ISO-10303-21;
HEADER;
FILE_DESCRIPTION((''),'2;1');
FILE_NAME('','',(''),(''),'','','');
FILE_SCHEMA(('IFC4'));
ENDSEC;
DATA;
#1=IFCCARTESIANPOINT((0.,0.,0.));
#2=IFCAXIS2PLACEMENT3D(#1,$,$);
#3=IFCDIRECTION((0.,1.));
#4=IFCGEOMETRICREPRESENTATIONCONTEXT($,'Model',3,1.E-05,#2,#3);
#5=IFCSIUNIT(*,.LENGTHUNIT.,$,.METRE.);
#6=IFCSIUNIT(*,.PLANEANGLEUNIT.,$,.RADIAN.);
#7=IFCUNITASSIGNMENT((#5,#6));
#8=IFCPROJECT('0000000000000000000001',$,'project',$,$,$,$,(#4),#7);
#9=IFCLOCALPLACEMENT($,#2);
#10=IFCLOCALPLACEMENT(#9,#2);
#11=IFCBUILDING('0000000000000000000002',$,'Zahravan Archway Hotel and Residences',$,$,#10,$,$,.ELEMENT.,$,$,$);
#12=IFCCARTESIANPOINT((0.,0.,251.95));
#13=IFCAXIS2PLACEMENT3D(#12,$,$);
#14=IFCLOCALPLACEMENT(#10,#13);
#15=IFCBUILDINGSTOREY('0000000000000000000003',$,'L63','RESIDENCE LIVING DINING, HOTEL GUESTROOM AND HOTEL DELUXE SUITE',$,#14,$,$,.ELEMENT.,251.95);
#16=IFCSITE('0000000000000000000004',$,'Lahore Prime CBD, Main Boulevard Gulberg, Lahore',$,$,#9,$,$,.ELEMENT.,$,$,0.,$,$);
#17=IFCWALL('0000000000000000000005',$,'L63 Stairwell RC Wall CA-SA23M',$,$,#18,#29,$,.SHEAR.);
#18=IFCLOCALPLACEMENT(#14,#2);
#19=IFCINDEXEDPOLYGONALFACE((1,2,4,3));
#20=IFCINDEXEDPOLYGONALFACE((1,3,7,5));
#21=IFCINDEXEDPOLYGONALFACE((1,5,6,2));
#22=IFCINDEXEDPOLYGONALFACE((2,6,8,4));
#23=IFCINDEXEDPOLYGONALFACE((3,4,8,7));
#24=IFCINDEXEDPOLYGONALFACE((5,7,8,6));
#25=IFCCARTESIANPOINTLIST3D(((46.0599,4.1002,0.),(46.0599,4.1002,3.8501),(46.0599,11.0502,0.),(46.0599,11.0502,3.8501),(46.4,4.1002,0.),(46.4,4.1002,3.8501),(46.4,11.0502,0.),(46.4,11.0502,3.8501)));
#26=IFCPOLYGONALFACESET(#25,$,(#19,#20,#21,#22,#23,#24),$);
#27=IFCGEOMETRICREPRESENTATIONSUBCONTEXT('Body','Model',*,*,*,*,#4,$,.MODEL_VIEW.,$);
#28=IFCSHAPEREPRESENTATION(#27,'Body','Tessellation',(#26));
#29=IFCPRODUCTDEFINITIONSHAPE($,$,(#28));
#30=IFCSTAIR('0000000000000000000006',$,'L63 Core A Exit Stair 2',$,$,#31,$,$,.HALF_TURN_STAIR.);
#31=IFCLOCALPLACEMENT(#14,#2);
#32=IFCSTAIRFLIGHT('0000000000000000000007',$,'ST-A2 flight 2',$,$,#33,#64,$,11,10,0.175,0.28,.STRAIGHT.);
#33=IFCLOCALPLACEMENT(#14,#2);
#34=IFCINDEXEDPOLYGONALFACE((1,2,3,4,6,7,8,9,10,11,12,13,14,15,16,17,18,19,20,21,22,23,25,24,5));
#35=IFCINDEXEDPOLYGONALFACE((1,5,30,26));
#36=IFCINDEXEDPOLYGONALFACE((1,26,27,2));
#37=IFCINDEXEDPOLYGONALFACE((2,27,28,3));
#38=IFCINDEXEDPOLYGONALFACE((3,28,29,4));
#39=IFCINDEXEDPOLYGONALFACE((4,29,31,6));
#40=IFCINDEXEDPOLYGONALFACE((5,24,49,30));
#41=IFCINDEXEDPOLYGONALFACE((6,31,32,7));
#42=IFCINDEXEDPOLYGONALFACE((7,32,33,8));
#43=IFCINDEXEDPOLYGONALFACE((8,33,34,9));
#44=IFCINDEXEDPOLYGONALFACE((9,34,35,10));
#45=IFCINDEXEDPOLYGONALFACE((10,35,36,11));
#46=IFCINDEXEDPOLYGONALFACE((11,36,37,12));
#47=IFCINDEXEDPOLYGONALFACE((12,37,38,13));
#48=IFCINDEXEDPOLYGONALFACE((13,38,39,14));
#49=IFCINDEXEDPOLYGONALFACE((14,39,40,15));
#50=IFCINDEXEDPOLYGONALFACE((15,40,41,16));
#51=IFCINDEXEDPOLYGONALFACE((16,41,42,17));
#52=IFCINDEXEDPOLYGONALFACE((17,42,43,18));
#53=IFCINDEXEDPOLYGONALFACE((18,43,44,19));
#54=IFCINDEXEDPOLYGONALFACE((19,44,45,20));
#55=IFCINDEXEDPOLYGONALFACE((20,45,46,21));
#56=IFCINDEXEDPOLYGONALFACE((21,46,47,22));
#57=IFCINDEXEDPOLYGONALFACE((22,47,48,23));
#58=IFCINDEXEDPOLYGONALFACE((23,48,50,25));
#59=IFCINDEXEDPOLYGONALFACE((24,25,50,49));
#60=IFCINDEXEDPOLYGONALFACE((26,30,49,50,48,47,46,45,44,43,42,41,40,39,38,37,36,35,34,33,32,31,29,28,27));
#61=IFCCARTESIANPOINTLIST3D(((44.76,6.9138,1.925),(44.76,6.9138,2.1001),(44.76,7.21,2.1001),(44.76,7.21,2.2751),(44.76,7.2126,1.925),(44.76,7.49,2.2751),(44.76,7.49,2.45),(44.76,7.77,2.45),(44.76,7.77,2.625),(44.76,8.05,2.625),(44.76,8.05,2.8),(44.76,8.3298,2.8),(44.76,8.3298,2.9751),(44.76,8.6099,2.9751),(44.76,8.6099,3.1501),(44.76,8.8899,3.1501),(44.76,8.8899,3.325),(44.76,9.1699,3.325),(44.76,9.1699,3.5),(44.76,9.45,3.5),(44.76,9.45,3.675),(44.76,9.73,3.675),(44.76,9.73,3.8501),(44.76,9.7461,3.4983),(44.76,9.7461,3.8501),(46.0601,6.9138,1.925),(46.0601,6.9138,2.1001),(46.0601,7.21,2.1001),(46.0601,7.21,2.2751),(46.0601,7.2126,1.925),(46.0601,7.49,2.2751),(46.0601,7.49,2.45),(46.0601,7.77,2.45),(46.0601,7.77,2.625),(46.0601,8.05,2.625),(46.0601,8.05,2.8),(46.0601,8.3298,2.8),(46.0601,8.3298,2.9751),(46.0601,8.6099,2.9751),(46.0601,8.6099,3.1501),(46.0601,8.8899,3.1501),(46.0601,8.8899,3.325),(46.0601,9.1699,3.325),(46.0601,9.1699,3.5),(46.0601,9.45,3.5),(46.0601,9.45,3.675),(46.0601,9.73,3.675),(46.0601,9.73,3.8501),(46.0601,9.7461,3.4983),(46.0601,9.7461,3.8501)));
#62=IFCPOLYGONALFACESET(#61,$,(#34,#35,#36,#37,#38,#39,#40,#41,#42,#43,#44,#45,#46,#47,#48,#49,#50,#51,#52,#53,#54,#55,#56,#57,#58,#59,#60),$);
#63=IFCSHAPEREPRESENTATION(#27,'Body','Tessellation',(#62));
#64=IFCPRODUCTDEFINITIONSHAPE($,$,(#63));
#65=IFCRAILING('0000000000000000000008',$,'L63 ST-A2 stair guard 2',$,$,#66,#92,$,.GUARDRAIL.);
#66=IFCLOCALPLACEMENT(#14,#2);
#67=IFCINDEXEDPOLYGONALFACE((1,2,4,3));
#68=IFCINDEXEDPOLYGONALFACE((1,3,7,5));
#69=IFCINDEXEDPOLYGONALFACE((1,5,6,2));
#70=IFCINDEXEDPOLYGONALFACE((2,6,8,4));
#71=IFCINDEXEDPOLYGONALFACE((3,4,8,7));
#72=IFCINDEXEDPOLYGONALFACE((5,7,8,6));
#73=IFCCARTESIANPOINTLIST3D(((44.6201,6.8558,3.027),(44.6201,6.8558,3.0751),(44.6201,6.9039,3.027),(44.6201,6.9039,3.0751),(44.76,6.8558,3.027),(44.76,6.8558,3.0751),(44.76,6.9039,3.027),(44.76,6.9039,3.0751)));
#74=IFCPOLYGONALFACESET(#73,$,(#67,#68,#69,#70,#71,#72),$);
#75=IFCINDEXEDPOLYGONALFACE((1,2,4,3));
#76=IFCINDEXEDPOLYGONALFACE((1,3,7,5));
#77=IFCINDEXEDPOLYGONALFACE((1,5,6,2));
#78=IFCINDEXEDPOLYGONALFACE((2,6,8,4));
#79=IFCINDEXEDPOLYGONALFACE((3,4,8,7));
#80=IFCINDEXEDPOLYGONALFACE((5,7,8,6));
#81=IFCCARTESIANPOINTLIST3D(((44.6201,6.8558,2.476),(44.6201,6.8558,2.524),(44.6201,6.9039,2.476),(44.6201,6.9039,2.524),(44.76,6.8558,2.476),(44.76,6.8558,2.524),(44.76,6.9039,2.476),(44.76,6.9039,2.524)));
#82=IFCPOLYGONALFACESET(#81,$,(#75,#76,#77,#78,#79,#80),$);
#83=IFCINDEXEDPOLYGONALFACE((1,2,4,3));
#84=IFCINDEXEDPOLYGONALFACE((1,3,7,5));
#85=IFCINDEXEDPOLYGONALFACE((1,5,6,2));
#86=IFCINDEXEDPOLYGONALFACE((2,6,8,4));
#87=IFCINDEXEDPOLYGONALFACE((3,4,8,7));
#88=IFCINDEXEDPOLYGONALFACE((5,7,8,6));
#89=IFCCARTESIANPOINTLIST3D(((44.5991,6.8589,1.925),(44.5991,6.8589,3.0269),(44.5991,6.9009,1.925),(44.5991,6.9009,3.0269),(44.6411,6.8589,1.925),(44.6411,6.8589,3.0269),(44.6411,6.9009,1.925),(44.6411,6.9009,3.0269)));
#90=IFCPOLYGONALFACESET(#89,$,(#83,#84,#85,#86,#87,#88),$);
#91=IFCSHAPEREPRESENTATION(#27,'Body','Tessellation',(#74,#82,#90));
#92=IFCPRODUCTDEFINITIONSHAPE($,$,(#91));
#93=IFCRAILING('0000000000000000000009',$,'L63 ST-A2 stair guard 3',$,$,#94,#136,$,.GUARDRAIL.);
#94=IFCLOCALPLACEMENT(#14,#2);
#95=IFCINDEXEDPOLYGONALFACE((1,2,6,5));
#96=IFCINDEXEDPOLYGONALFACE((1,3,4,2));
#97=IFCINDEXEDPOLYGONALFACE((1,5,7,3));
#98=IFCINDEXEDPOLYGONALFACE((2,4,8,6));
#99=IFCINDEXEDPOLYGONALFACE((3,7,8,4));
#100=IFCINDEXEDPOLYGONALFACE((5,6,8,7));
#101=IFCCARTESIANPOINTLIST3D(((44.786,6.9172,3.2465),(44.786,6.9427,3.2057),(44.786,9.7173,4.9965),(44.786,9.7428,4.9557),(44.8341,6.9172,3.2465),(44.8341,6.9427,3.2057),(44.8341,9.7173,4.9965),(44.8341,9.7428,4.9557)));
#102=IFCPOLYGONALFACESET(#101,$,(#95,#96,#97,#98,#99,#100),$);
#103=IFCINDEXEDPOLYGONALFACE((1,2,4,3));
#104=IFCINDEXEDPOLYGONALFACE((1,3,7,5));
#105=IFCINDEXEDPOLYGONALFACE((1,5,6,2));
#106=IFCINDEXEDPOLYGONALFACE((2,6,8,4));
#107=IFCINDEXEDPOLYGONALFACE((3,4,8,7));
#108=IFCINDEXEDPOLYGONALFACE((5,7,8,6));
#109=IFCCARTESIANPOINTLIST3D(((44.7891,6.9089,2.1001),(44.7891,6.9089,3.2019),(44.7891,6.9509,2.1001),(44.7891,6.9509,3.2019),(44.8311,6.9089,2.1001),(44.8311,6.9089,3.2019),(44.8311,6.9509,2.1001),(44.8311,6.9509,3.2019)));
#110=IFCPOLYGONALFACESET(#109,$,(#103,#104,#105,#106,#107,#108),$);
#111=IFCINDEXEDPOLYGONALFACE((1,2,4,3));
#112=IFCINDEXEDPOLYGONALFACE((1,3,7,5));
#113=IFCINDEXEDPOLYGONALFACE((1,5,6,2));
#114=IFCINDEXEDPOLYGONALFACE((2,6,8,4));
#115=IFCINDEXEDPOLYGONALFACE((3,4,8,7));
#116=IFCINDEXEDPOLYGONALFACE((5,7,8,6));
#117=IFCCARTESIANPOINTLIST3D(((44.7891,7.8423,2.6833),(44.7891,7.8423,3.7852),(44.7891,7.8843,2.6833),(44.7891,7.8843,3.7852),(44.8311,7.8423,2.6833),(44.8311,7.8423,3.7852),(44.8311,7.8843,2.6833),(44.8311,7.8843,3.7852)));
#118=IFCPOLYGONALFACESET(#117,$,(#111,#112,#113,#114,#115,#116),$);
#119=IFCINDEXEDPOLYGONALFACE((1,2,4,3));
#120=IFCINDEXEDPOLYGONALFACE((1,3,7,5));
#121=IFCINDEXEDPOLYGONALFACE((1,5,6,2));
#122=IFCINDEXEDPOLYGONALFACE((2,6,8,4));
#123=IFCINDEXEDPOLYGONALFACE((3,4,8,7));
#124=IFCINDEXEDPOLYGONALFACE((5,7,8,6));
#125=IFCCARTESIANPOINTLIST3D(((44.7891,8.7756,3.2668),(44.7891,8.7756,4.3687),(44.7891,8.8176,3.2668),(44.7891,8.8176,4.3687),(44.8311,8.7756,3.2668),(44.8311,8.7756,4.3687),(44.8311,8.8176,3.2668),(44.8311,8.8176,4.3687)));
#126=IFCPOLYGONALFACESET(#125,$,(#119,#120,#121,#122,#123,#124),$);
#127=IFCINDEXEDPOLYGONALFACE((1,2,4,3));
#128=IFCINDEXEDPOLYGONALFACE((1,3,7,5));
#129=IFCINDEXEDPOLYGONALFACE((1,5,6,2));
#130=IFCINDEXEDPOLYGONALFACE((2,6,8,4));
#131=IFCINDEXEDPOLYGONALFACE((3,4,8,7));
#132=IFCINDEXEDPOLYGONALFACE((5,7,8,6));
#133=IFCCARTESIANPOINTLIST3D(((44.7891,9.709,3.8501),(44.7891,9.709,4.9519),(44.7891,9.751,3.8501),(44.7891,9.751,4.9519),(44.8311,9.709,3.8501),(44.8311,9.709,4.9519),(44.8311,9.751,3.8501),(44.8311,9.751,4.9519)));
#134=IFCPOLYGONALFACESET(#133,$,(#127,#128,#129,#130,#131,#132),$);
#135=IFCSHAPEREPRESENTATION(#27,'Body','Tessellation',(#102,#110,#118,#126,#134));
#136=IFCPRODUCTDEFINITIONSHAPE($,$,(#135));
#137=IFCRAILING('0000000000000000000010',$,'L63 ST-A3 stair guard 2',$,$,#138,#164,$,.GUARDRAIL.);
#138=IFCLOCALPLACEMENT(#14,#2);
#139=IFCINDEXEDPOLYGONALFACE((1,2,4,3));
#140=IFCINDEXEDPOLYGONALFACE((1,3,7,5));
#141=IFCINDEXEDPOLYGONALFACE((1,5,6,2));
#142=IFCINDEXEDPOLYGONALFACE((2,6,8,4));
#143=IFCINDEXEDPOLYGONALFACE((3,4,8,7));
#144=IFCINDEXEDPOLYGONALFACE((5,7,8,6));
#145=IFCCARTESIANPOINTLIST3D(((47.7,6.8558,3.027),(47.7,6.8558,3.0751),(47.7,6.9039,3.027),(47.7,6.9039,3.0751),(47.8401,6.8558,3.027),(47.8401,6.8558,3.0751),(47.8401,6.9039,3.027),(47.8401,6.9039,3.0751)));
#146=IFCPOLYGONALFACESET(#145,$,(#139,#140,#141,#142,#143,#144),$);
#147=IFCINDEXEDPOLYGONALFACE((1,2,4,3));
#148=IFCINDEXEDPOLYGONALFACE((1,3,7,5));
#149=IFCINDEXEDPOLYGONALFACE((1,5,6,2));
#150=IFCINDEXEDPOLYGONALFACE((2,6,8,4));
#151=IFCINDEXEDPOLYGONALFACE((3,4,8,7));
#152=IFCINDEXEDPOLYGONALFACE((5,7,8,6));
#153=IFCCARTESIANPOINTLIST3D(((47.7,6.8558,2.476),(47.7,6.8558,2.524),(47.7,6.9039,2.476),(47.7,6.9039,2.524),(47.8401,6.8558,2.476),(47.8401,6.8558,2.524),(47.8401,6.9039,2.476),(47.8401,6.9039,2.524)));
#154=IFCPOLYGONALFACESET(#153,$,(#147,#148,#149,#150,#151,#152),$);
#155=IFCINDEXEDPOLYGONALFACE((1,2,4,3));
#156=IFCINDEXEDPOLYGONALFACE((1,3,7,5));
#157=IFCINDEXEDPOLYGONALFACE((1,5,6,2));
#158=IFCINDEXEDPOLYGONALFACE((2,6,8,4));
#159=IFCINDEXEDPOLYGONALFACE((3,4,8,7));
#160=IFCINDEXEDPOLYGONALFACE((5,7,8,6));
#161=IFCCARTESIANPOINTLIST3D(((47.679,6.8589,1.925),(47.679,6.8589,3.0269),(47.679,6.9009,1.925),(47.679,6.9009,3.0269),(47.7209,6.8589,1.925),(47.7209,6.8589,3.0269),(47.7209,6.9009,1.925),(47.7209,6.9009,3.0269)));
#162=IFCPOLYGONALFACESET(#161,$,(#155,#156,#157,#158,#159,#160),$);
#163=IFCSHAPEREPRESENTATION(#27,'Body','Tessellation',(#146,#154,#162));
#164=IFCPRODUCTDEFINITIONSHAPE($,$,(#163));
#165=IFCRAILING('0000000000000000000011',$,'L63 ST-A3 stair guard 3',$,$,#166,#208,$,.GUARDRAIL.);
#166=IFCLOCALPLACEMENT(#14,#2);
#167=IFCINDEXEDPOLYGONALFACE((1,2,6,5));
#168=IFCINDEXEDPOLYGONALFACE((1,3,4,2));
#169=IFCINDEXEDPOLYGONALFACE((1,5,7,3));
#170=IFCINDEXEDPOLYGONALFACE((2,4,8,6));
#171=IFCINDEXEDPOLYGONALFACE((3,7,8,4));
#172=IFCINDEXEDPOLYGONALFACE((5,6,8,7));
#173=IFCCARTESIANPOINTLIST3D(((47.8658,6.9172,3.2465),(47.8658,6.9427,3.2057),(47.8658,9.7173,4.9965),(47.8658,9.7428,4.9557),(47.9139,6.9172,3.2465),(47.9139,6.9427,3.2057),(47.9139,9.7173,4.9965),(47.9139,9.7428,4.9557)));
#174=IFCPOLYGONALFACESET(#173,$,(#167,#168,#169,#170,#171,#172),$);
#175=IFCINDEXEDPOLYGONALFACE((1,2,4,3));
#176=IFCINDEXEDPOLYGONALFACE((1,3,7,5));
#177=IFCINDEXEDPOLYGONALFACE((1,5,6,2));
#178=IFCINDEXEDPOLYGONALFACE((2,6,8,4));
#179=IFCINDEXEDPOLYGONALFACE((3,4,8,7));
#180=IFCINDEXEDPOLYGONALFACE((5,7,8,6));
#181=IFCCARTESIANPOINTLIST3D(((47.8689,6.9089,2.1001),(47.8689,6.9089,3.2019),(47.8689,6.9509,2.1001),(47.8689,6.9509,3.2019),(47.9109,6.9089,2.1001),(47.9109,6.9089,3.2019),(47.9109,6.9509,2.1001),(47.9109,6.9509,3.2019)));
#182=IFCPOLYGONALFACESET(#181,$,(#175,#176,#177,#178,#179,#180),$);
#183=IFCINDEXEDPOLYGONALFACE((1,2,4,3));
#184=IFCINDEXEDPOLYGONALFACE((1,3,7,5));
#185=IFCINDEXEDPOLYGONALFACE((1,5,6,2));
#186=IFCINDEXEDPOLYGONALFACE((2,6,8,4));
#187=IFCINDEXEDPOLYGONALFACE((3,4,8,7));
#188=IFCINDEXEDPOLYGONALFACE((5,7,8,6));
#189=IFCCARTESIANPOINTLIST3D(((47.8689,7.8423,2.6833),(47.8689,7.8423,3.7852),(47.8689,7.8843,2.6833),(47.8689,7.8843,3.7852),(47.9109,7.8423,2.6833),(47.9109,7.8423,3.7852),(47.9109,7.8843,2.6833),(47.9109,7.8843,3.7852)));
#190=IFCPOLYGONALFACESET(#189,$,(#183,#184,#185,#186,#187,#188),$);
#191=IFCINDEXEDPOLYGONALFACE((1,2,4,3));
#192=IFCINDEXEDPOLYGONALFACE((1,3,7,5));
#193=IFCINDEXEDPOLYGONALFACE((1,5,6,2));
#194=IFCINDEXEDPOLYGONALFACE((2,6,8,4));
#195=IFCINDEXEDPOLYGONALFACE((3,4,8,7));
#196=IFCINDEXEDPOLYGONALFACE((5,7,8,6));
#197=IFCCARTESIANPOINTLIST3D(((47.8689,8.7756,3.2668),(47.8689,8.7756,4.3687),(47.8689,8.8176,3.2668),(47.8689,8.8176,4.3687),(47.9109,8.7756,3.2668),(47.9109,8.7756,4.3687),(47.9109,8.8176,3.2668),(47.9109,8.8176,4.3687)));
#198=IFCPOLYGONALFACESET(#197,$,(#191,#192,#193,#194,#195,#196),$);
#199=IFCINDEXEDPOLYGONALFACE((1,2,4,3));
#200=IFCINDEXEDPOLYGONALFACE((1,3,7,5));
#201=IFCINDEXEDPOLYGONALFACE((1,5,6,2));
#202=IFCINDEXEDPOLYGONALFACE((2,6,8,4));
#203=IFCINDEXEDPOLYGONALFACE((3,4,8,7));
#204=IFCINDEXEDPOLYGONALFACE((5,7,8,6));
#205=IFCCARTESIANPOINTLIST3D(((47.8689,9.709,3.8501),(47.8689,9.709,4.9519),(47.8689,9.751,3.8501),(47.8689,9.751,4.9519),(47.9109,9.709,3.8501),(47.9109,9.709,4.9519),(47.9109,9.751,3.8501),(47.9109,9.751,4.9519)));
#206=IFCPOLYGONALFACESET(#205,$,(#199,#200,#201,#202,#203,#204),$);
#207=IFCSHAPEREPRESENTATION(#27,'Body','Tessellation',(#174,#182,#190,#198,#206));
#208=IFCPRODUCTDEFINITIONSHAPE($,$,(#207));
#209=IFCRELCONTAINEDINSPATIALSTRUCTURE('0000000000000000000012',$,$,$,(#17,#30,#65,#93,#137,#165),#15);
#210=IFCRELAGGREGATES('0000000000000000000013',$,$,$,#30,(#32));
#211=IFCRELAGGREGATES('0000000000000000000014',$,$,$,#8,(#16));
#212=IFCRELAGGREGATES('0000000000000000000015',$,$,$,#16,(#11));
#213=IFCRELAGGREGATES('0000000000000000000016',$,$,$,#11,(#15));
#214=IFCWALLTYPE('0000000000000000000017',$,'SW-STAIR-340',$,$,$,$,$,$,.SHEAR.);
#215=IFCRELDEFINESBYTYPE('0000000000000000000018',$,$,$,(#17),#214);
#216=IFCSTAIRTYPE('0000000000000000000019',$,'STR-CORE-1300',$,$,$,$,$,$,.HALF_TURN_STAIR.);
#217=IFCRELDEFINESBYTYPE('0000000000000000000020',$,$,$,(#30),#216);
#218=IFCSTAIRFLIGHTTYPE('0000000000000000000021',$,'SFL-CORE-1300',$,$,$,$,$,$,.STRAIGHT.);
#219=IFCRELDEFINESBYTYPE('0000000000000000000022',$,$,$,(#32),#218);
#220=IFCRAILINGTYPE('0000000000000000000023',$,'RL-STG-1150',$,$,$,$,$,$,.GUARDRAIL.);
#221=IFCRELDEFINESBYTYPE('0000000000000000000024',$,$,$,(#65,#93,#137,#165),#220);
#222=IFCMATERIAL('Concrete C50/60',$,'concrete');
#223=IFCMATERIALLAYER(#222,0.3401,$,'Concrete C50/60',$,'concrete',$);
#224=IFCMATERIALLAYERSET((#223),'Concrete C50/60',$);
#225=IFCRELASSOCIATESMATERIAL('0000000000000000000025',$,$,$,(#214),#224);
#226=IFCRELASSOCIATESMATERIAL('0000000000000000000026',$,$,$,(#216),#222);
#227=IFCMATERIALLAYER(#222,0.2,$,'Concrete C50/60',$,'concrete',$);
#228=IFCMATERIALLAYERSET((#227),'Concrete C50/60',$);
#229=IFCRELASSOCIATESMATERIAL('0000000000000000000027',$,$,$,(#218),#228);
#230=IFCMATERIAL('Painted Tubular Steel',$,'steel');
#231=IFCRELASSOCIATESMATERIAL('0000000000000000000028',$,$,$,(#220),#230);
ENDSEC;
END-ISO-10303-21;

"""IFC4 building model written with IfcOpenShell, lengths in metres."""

from ifc_helpers import new_model, si_unit, direction, frame, frame_2d, origin, origin_2d, place, context, subcontext, project, spatial, polyline, rectangle, outline, extrude, source, transform, mapped, material, layer, layer_set, type_object, element, aggregate, save


model = new_model("IFC4")

# Units and contexts
model_context = context("Model", 3, precision=1e-05, world=origin(), true_north=direction((0.0, 1.0)))
body_context = subcontext(model_context, "Body", "Model", "MODEL_VIEW")
ifc_project = project(units=[si_unit("LENGTHUNIT", "METRE"), si_unit("PLANEANGLEUNIT", "RADIAN")], contexts=[model_context])

# Site, building, storey
site_placement = place(None, origin())
site = spatial("IfcSite", under=ifc_project, at=site_placement, Name="Lahore Prime CBD, Main Boulevard Gulberg, Lahore", CompositionType="ELEMENT", RefElevation=0.0)
building_placement = place(site_placement, origin())
building = spatial("IfcBuilding", under=site, at=building_placement, Name="Zahravan Archway Hotel and Residences", CompositionType="ELEMENT")
storey_placement = place(building_placement, frame((0.0, 0.0, 251.95)))
storey = spatial("IfcBuildingStorey", under=building, at=storey_placement, Name="L63", Description="RESIDENCE LIVING DINING, HOTEL GUESTROOM AND HOTEL DELUXE SUITE", CompositionType="ELEMENT", Elevation=251.95)

# Shared definitions
ifc_material_1 = material(Name="Concrete C50/60", Category="concrete")

# Wall
ifc_layer_1 = layer(ifc_material_1, 0.3401, Name="Concrete C50/60", Category="concrete")
ifc_layer_set_1 = layer_set([ifc_layer_1], Name="Concrete C50/60")
wall_type_1 = type_object("IfcWallType", Name="SW-STAIR-340", PredefinedType="SHEAR", material=ifc_layer_set_1)
wall_1_placement = place(storey_placement, frame((46.23, 4.1001, 0.0), z_axis=(0.0, 0.0, 1.0), x_axis=(0.0, 1.0, 0.0)))
element("IfcWall", 1, at=wall_1_placement, inside=storey, type_object=wall_type_1, Name="L63 Stairwell RC Wall CA-SA23M", PredefinedType="SHEAR", context=body_context, shape_type="SweptSolid", body=[
    extrude(rectangle(XDim=6.95, YDim=0.3401, at=frame_2d((3.4751, 0.0))), origin(), (0.0, 0.0, 1.0), 3.8501),
])

# Stair, stair flight
stair_type = type_object("IfcStairType", Name="STR-CORE-1300", PredefinedType="HALF_TURN_STAIR", material=ifc_material_1)
stair_placement = place(storey_placement, origin())
stair = element("IfcStair", 2, at=stair_placement, inside=storey, type_object=stair_type, Name="L63 Core A Exit Stair 2", PredefinedType="HALF_TURN_STAIR")
ifc_layer_2 = layer(ifc_material_1, 0.2, Name="Concrete C50/60", Category="concrete")
ifc_layer_set_2 = layer_set([ifc_layer_2], Name="Concrete C50/60")
stair_flight_type = type_object("IfcStairFlightType", Name="SFL-CORE-1300", PredefinedType="STRAIGHT", material=ifc_layer_set_2)
shared_shape_1 = source(origin(), body_context, "Body", "SweptSolid", [
    extrude(outline(polyline([(-0.0161, 0.0), (-0.0161, 0.175), (0.28, 0.175), (0.28, 0.3501), (0.5601, 0.3501), (0.5601, 0.5249), (0.8401, 0.5249), (0.8401, 0.7), (1.1201, 0.7), (1.1201, 0.875), (1.3999, 0.875), (1.3999, 1.05), (1.6799, 1.05), (1.6799, 1.2251), (1.96, 1.2251), (1.96, 1.3999), (2.24, 1.3999), (2.24, 1.575), (2.52, 1.575), (2.52, 1.75), (2.8, 1.75), (2.8, 1.925), (2.8162, 1.925), (2.8162, 1.5732), (0.2827, 0.0), (-0.0161, 0.0)])), frame((0.0, 0.6499, 0.0), z_axis=(0.0, -1.0, 0.0), x_axis=(1.0, 0.0, 0.0)), (0.0, 0.0, 1.0), 1.3),
])
stair_flight_placement = place(storey_placement, frame((45.4099, 6.9299, 1.925), z_axis=(0.0, 0.0, 1.0), x_axis=(0.0, 1.0, 0.0)))
stair_flight = element("IfcStairFlight", 3, at=stair_flight_placement, type_object=stair_flight_type, Name="ST-A2 flight 2", NumberOfRisers=11, NumberOfTreads=10, PredefinedType="STRAIGHT", RiserHeight=0.175, TreadLength=0.28, context=body_context, shape_type="MappedRepresentation", body=[
    mapped(shared_shape_1, transform((0.0, 0.0, 0.0), scale=1.0)),
])
aggregate(stair, [stair_flight])

# Railings
ifc_material_2 = material(Name="Painted Tubular Steel", Category="steel")
railing_type_1 = type_object("IfcRailingType", Name="RL-STG-1150", PredefinedType="GUARDRAIL", material=ifc_material_2)
railing_1_placement = place(storey_placement, frame((44.6201, 6.8799, 1.925)))
element("IfcRailing", 4, at=railing_1_placement, inside=storey, type_object=railing_type_1, Name="L63 ST-A2 stair guard 2", PredefinedType="GUARDRAIL", context=body_context, shape_type="SweptSolid", body=[
    extrude(rectangle(XDim=0.0481, YDim=0.0481, at=origin_2d()), frame((0.0, 0.0, 1.126), z_axis=(1.0, 0.0, 0.0), x_axis=(0.0, 1.0, 0.0)), (0.0, 0.0, 1.0), 0.1399),
    extrude(rectangle(XDim=0.0481, YDim=0.0481, at=origin_2d()), frame((0.0, 0.0, 0.575), z_axis=(1.0, 0.0, 0.0), x_axis=(0.0, 1.0, 0.0)), (0.0, 0.0, 1.0), 0.1399),
    extrude(rectangle(XDim=0.042, YDim=0.042, at=origin_2d()), origin(), (0.0, 0.0, 1.0), 1.1018),
])
railing_2_placement = place(storey_placement, frame((44.8101, 6.9299, 2.1001)))
element("IfcRailing", 5, at=railing_2_placement, inside=storey, type_object=railing_type_1, Name="L63 ST-A2 stair guard 3", PredefinedType="GUARDRAIL", context=body_context, shape_type="SweptSolid", body=[
    extrude(rectangle(XDim=0.0481, YDim=0.0481, at=origin_2d()), frame((0.0, 0.0, 1.126), z_axis=(0.0, 0.848002, 0.529992), x_axis=(-1.0, 0.0, 0.0)), (0.0, 0.0, 1.0), 3.302),
    extrude(rectangle(XDim=0.042, YDim=0.042, at=origin_2d()), origin(), (0.0, 0.0, 1.0), 1.1018),
    extrude(rectangle(XDim=0.042, YDim=0.042, at=origin_2d()), frame((0.0, 0.9333, 0.5833)), (0.0, 0.0, 1.0), 1.1018),
    extrude(rectangle(XDim=0.042, YDim=0.042, at=origin_2d()), frame((0.0, 1.8667, 1.1667)), (0.0, 0.0, 1.0), 1.1018),
    extrude(rectangle(XDim=0.042, YDim=0.042, at=origin_2d()), frame((0.0, 2.8, 1.75)), (0.0, 0.0, 1.0), 1.1018),
])
railing_3_placement = place(storey_placement, frame((47.7, 6.8799, 1.925)))
element("IfcRailing", 6, at=railing_3_placement, inside=storey, type_object=railing_type_1, Name="L63 ST-A3 stair guard 2", PredefinedType="GUARDRAIL", context=body_context, shape_type="SweptSolid", body=[
    extrude(rectangle(XDim=0.0481, YDim=0.0481, at=origin_2d()), frame((0.0, 0.0, 1.126), z_axis=(1.0, 0.0, 0.0), x_axis=(0.0, 1.0, 0.0)), (0.0, 0.0, 1.0), 0.1401),
    extrude(rectangle(XDim=0.0481, YDim=0.0481, at=origin_2d()), frame((0.0, 0.0, 0.575), z_axis=(1.0, 0.0, 0.0), x_axis=(0.0, 1.0, 0.0)), (0.0, 0.0, 1.0), 0.1401),
    extrude(rectangle(XDim=0.042, YDim=0.042, at=origin_2d()), origin(), (0.0, 0.0, 1.0), 1.1018),
])
railing_4_placement = place(storey_placement, frame((47.8899, 6.9299, 2.1001)))
element("IfcRailing", 7, at=railing_4_placement, inside=storey, type_object=railing_type_1, Name="L63 ST-A3 stair guard 3", PredefinedType="GUARDRAIL", context=body_context, shape_type="SweptSolid", body=[
    extrude(rectangle(XDim=0.0481, YDim=0.0481, at=origin_2d()), frame((0.0, 0.0, 1.126), z_axis=(0.0, 0.848002, 0.529992), x_axis=(-1.0, 0.0, 0.0)), (0.0, 0.0, 1.0), 3.302),
    extrude(rectangle(XDim=0.042, YDim=0.042, at=origin_2d()), origin(), (0.0, 0.0, 1.0), 1.1018),
    extrude(rectangle(XDim=0.042, YDim=0.042, at=origin_2d()), frame((0.0, 0.9333, 0.5833)), (0.0, 0.0, 1.0), 1.1018),
    extrude(rectangle(XDim=0.042, YDim=0.042, at=origin_2d()), frame((0.0, 1.8667, 1.1667)), (0.0, 0.0, 1.0), 1.1018),
    extrude(rectangle(XDim=0.042, YDim=0.042, at=origin_2d()), frame((0.0, 2.8, 1.75)), (0.0, 0.0, 1.0), 1.1018),
])

save(model, "model.ifc")
